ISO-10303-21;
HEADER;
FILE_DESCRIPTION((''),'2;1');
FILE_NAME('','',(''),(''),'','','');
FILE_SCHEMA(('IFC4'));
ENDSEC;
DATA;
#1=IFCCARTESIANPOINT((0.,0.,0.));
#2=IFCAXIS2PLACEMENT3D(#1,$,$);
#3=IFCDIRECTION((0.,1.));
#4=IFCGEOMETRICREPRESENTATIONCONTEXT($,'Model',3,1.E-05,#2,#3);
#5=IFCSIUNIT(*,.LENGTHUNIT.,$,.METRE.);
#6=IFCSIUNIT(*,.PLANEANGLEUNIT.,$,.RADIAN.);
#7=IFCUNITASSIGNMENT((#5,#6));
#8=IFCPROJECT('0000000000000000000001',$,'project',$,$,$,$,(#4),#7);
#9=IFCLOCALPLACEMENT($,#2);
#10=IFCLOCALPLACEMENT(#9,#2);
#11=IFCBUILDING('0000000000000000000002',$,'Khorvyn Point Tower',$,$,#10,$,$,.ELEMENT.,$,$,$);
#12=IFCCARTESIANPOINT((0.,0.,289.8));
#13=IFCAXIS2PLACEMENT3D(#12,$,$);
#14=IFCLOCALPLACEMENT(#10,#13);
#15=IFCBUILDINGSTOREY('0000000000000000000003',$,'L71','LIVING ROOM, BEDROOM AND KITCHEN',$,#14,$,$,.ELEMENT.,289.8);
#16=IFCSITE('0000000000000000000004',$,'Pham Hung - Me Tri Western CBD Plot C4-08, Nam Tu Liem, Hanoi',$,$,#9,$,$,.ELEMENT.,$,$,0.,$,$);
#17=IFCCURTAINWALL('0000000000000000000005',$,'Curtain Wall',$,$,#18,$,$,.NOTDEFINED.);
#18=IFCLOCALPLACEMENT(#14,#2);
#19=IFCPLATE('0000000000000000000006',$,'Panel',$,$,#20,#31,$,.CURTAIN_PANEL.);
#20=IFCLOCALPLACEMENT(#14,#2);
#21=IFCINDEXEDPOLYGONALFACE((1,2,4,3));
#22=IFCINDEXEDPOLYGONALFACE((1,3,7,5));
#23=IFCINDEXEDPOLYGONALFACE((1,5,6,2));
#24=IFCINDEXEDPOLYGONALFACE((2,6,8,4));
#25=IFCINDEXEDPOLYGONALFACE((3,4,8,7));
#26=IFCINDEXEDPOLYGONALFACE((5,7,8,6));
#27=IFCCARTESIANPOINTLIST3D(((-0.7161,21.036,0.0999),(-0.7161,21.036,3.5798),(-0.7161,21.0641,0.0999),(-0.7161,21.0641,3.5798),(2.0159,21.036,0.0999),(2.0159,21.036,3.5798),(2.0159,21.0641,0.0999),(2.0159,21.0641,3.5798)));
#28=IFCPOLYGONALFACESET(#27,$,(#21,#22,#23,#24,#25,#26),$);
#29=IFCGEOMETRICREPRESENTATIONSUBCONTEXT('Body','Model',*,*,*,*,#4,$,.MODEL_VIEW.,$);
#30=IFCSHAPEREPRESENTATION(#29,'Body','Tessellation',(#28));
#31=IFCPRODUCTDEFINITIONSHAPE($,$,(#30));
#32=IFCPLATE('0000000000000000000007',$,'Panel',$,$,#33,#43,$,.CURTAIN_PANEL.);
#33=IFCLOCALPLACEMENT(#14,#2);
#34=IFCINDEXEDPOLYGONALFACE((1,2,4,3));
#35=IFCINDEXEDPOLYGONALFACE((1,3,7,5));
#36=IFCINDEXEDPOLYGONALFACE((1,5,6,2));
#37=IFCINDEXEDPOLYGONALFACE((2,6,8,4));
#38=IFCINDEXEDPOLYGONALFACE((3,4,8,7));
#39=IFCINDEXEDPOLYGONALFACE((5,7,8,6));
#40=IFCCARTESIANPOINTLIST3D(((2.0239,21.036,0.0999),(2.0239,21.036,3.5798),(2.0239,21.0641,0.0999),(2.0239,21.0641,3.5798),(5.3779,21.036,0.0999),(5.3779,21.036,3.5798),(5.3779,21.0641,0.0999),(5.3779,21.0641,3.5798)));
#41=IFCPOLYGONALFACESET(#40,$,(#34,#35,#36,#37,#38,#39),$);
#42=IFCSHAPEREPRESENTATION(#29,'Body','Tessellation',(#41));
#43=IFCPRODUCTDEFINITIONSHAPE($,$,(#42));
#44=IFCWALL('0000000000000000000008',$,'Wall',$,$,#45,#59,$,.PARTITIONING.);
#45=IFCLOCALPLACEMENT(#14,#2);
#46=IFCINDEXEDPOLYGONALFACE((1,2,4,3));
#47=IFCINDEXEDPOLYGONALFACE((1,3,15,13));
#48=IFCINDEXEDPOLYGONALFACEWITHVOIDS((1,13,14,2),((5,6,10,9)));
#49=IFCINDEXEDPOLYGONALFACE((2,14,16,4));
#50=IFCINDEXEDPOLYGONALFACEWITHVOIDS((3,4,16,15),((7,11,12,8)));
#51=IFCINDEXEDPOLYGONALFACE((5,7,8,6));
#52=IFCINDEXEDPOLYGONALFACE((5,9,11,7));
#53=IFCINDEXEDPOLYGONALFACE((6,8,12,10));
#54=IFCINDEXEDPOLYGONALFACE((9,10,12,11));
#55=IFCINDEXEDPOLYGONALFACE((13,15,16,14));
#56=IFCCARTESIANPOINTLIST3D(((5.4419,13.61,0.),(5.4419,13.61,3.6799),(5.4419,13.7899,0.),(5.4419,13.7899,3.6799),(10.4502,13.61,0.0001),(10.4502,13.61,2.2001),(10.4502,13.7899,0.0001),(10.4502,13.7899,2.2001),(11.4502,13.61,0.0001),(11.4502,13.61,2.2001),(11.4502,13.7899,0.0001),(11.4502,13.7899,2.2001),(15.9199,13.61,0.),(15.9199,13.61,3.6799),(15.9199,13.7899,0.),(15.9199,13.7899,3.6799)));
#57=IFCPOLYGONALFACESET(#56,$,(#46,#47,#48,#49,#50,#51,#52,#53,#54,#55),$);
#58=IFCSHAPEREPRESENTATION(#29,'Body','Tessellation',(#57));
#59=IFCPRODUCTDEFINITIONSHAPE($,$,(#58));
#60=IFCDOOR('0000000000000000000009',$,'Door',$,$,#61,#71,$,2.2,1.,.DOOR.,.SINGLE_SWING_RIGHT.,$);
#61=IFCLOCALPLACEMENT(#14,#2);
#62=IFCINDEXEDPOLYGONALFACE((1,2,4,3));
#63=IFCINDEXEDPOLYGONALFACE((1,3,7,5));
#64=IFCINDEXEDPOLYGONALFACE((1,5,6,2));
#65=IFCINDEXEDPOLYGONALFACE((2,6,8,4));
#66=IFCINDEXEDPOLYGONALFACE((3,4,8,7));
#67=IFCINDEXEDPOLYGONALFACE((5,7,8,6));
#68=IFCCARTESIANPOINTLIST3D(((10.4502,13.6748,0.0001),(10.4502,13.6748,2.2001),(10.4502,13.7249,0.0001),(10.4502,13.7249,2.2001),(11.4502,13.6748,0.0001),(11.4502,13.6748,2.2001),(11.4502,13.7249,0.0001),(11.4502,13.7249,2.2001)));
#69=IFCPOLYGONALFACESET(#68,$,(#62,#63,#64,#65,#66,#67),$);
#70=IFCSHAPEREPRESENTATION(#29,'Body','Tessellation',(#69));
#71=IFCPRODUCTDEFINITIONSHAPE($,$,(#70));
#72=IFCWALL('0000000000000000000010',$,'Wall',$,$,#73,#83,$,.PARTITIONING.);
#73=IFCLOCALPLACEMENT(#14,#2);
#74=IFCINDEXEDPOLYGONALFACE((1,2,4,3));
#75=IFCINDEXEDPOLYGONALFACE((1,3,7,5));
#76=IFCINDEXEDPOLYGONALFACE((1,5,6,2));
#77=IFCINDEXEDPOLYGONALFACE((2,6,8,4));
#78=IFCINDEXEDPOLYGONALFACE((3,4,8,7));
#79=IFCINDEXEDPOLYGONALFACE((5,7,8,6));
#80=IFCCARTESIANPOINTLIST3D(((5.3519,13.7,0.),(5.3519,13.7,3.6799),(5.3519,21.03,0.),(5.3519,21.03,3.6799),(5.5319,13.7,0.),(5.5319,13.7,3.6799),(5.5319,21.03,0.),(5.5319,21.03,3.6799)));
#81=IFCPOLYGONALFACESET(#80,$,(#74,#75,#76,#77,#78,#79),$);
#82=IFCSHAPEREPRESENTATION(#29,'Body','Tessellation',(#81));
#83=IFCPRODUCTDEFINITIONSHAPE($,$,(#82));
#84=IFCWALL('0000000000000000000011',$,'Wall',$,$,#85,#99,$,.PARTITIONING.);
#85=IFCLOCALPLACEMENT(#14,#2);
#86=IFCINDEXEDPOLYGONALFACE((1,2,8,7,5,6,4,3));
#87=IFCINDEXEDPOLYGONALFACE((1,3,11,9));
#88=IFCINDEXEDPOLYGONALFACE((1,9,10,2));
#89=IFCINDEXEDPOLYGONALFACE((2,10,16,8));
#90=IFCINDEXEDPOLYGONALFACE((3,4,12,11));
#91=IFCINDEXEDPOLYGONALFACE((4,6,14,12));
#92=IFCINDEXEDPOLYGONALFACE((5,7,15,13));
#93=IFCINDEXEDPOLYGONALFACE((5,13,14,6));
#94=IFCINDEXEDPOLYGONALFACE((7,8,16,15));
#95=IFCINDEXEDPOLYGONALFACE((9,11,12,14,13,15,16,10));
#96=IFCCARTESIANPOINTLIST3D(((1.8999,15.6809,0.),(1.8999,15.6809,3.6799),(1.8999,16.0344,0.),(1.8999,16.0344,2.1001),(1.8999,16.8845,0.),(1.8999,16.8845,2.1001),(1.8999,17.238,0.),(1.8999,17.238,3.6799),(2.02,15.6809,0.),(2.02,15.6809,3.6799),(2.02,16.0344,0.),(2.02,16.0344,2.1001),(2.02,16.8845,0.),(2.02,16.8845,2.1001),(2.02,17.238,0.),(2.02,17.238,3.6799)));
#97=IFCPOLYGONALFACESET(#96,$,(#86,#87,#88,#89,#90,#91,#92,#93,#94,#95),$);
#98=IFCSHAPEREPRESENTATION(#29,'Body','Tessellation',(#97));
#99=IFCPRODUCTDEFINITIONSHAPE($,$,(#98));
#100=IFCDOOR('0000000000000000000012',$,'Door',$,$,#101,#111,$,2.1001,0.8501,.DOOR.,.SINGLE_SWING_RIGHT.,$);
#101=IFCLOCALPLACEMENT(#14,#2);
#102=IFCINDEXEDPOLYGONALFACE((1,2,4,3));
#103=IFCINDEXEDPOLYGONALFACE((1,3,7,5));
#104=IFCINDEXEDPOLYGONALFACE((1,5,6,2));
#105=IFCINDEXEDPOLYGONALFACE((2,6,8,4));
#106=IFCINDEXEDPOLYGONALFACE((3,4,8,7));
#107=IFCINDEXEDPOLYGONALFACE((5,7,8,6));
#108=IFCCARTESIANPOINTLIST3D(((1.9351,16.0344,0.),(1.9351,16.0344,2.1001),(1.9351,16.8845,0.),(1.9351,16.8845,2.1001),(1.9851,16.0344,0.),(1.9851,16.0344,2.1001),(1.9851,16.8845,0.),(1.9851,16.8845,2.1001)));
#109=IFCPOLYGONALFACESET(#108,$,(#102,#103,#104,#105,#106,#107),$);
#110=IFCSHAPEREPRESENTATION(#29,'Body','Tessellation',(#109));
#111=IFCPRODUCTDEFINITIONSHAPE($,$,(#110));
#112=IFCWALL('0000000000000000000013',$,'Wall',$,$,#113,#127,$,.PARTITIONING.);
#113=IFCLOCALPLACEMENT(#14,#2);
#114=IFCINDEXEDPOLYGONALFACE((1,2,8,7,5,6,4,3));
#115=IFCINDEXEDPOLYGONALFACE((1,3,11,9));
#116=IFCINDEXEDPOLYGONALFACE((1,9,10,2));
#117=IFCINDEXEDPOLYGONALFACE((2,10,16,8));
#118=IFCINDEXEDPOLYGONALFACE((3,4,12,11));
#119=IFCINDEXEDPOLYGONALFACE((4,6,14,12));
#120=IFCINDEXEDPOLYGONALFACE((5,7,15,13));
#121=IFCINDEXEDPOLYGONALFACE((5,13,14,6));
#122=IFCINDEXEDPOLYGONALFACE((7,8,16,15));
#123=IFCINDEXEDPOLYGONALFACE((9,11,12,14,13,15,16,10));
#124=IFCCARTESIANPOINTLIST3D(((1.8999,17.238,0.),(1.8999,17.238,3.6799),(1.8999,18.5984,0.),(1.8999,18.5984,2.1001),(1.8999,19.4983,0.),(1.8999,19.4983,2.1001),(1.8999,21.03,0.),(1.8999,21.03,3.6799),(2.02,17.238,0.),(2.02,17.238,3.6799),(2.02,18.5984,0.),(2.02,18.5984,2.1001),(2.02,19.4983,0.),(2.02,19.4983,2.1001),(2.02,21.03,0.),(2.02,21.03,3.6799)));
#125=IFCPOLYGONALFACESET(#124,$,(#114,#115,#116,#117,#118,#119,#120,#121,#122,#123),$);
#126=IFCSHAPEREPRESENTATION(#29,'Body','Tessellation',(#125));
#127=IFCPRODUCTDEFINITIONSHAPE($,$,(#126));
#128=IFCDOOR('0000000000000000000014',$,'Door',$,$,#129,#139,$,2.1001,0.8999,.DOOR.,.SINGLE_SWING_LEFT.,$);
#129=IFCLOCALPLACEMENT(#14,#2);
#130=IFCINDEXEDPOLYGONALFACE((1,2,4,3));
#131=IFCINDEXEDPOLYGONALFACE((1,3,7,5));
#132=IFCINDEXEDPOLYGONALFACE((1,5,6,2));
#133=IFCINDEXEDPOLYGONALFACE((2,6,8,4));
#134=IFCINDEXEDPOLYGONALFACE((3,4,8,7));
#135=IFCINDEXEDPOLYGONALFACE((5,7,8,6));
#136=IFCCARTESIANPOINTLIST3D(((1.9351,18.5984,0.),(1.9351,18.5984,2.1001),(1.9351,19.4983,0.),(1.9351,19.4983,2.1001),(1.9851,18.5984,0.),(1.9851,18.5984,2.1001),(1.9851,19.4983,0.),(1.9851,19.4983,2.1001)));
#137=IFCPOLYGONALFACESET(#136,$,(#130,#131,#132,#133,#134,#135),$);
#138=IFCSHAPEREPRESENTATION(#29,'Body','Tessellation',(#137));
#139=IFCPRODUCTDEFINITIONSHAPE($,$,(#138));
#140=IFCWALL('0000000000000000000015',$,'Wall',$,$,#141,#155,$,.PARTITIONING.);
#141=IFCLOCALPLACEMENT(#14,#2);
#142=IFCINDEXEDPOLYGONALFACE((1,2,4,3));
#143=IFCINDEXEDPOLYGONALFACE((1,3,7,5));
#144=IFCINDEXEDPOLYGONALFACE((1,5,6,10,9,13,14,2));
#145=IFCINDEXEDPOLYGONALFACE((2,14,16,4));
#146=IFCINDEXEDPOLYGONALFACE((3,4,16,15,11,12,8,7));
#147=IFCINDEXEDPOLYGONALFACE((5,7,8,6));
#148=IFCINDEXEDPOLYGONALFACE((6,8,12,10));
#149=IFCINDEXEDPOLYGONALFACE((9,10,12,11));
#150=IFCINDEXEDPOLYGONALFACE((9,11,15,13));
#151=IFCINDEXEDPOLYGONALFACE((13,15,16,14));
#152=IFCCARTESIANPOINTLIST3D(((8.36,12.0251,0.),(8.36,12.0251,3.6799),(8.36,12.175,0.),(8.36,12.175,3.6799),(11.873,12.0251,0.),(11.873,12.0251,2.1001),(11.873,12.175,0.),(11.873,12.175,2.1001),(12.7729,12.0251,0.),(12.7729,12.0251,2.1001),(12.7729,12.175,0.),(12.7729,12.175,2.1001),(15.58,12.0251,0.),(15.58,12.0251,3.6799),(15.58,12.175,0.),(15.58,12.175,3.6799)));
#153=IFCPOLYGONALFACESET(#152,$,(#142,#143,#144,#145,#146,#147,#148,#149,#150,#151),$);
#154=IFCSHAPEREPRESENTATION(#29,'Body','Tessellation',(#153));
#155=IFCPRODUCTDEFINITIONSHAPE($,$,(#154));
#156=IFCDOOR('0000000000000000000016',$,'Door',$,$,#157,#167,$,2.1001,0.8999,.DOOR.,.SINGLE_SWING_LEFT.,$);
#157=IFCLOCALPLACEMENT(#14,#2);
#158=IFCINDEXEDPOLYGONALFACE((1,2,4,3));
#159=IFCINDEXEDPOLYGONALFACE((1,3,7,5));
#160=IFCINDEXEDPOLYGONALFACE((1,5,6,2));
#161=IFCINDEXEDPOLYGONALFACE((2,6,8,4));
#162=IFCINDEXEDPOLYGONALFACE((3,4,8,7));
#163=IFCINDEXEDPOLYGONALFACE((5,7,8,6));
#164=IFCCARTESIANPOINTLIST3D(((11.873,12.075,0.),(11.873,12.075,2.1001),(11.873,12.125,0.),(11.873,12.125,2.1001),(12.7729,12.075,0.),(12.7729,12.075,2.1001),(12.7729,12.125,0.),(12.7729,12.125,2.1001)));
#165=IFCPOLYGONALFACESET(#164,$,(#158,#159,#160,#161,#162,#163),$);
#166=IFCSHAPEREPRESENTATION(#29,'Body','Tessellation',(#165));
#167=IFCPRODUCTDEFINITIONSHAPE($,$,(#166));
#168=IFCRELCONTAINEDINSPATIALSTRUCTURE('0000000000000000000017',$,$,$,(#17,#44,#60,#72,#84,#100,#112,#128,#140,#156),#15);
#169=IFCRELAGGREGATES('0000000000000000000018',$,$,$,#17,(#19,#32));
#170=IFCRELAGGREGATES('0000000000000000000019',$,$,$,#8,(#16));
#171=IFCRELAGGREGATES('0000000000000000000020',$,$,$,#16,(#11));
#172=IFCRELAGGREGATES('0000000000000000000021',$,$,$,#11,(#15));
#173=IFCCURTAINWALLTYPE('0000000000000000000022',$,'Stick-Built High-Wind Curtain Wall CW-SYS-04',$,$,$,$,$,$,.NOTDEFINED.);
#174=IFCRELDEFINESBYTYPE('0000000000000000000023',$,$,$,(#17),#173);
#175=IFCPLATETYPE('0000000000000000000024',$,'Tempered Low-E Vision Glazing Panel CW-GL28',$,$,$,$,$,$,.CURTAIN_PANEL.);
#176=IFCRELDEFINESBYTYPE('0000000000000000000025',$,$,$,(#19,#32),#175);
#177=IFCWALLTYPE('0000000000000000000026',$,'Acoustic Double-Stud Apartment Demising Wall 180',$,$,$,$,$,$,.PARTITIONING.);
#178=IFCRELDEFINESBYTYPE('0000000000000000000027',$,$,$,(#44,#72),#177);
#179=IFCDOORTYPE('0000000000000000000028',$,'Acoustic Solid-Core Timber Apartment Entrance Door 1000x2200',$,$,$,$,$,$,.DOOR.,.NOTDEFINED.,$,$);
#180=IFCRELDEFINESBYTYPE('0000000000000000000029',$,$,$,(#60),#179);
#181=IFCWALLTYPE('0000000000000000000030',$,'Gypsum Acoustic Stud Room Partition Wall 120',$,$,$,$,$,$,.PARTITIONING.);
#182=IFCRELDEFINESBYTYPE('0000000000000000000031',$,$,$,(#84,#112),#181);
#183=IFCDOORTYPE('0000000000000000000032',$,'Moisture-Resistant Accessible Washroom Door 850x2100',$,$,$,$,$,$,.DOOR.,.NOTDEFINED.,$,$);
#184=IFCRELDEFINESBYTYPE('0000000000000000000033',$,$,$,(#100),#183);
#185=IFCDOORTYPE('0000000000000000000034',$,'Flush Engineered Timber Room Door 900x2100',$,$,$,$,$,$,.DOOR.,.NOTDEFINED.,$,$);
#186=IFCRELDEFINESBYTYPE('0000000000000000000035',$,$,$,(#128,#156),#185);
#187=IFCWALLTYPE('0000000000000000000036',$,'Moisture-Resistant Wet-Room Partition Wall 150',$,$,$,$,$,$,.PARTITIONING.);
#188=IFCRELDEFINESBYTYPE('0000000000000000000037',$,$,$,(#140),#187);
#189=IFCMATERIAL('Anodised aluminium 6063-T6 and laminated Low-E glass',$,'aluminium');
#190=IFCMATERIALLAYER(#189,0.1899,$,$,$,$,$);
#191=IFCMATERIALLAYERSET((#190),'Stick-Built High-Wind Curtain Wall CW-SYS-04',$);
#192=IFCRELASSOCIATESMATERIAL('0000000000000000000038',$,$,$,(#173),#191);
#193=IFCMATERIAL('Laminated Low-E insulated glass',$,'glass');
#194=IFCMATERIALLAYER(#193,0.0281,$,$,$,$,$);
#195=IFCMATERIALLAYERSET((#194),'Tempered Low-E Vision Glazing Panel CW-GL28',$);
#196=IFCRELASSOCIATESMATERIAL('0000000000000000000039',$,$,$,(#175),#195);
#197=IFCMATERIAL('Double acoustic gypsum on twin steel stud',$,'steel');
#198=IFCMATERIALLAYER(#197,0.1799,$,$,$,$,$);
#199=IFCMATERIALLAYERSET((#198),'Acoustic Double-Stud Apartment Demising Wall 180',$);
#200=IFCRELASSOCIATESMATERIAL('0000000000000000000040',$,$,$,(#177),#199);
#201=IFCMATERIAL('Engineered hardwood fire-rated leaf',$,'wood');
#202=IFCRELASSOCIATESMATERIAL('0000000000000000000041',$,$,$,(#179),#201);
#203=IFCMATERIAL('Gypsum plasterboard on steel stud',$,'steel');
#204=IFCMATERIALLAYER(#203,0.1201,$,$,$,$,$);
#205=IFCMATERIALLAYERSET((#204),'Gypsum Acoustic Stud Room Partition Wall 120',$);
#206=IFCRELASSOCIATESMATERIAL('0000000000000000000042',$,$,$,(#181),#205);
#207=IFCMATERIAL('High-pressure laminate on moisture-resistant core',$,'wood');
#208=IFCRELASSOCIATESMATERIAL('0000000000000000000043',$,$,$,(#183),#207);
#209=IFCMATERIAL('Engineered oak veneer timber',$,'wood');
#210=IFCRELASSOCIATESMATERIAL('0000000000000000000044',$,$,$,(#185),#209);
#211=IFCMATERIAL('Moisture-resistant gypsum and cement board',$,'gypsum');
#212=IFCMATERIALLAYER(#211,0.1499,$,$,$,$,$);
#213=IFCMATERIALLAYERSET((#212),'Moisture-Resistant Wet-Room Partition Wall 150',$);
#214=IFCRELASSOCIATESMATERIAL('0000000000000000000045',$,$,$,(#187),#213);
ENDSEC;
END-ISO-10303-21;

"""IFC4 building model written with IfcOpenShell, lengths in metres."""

from ifc_helpers import new_model, si_unit, direction, frame, frame_2d, origin, origin_2d, place, context, subcontext, project, spatial, rectangle, extrude, material, layer, layer_set, type_object, element, fill, aggregate, save


model = new_model("IFC4")

# Units and contexts
model_context = context("Model", 3, precision=1e-05, world=origin(), true_north=direction((0.0, 1.0)))
body_context = subcontext(model_context, "Body", "Model", "MODEL_VIEW")
ifc_project = project(units=[si_unit("LENGTHUNIT", "METRE"), si_unit("PLANEANGLEUNIT", "RADIAN")], contexts=[model_context])

# Site, building, storey
site_placement = place(None, origin())
site = spatial("IfcSite", under=ifc_project, at=site_placement, Name="Pham Hung - Me Tri Western CBD Plot C4-08, Nam Tu Liem, Hanoi", CompositionType="ELEMENT", RefElevation=0.0)
building_placement = place(site_placement, origin())
building = spatial("IfcBuilding", under=site, at=building_placement, Name="Khorvyn Point Tower", CompositionType="ELEMENT")
storey_placement = place(building_placement, frame((0.0, 0.0, 289.8)))
storey = spatial("IfcBuildingStorey", under=building, at=storey_placement, Name="L71", Description="LIVING ROOM, BEDROOM AND KITCHEN", CompositionType="ELEMENT", Elevation=289.8)

# Curtain wall
ifc_material_1 = material(Name="Anodised aluminium 6063-T6 and laminated Low-E glass", Category="aluminium")
ifc_layer_1 = layer(ifc_material_1, 0.1899)
ifc_layer_set_1 = layer_set([ifc_layer_1], Name="Stick-Built High-Wind Curtain Wall CW-SYS-04")
curtain_wall_type = type_object("IfcCurtainWallType", Name="Stick-Built High-Wind Curtain Wall CW-SYS-04", PredefinedType="NOTDEFINED", material=ifc_layer_set_1)
curtain_wall_placement = place(storey_placement, origin())
curtain_wall = element("IfcCurtainWall", 1, at=curtain_wall_placement, inside=storey, type_object=curtain_wall_type, Name="Curtain Wall", PredefinedType="NOTDEFINED")

# Plates
ifc_material_2 = material(Name="Laminated Low-E insulated glass", Category="glass")
ifc_layer_2 = layer(ifc_material_2, 0.0281)
ifc_layer_set_2 = layer_set([ifc_layer_2], Name="Tempered Low-E Vision Glazing Panel CW-GL28")
plate_type = type_object("IfcPlateType", Name="Tempered Low-E Vision Glazing Panel CW-GL28", PredefinedType="CURTAIN_PANEL", material=ifc_layer_set_2)
plate_1_placement = place(storey_placement, frame((0.6499, 21.05, 0.0999), z_axis=(0.0, 0.0, 1.0), x_axis=(1.0, 0.0, 0.0)))
plate_1 = element("IfcPlate", 2, at=plate_1_placement, type_object=plate_type, Name="Panel", PredefinedType="CURTAIN_PANEL", context=body_context, shape_type="SweptSolid", body=[
    extrude(rectangle(XDim=2.7319, YDim=0.0281, at=origin_2d()), origin(), (0.0, 0.0, 1.0), 3.48),
])
plate_2_placement = place(storey_placement, frame((3.7009, 21.05, 0.0999), z_axis=(0.0, 0.0, 1.0), x_axis=(1.0, 0.0, 0.0)))
plate_2 = element("IfcPlate", 3, at=plate_2_placement, type_object=plate_type, Name="Panel", PredefinedType="CURTAIN_PANEL", context=body_context, shape_type="SweptSolid", body=[
    extrude(rectangle(XDim=3.354, YDim=0.0281, at=origin_2d()), origin(), (0.0, 0.0, 1.0), 3.48),
])
aggregate(curtain_wall, [plate_1, plate_2])

# Wall, opening, door
ifc_material_3 = material(Name="Double acoustic gypsum on twin steel stud", Category="steel")
ifc_layer_3 = layer(ifc_material_3, 0.1799)
ifc_layer_set_3 = layer_set([ifc_layer_3], Name="Acoustic Double-Stud Apartment Demising Wall 180")
wall_type_1 = type_object("IfcWallType", Name="Acoustic Double-Stud Apartment Demising Wall 180", PredefinedType="PARTITIONING", material=ifc_layer_set_3)
wall_1_placement = place(storey_placement, frame((5.4419, 13.7, 0.0), z_axis=(0.0, 0.0, 1.0), x_axis=(1.0, 0.0, 0.0)))
wall_1 = element("IfcWall", 4, at=wall_1_placement, inside=storey, type_object=wall_type_1, Name="Wall", PredefinedType="PARTITIONING", context=body_context, shape_type="SweptSolid", body=[
    extrude(rectangle(XDim=10.478, YDim=0.1799, at=frame_2d((5.239, 0.0))), origin(), (0.0, 0.0, 1.0), 3.6799),
])
opening_1_placement = place(wall_1_placement, frame((5.0083, 0.0, 0.0)))
opening_1 = element("IfcOpeningElement", 5, at=opening_1_placement, cuts=wall_1, PredefinedType="OPENING", context=body_context, shape_type="SweptSolid", body=[
    extrude(rectangle(XDim=1.0, YDim=2.2, at=frame_2d((0.5, 1.1001))), frame((0.0, 0.0999, 0.0), z_axis=(0.0, -1.0, 0.0), x_axis=(1.0, 0.0, 0.0)), (0.0, 0.0, 1.0), 0.2),
])
ifc_material_4 = material(Name="Engineered hardwood fire-rated leaf", Category="wood")
door_type_1 = type_object("IfcDoorType", Name="Acoustic Solid-Core Timber Apartment Entrance Door 1000x2200", OperationType="NOTDEFINED", PredefinedType="DOOR", material=ifc_material_4)
door_1_placement = place(opening_1_placement, origin())
door_1 = element("IfcDoor", 6, at=door_1_placement, inside=storey, type_object=door_type_1, Name="Door", OperationType="SINGLE_SWING_RIGHT", OverallHeight=2.2, OverallWidth=1.0, PredefinedType="DOOR", context=body_context, shape_type="SweptSolid", body=[
    extrude(rectangle(XDim=1.0, YDim=2.2, at=frame_2d((0.5, 1.1001))), frame((0.0, 0.0249, 0.0), z_axis=(0.0, -1.0, 0.0), x_axis=(1.0, 0.0, 0.0)), (0.0, 0.0, 1.0), 0.05),
])
fill(opening_1, door_1)

# Wall
wall_2_placement = place(storey_placement, frame((5.4419, 13.7, 0.0), z_axis=(0.0, 0.0, 1.0), x_axis=(0.0, 1.0, 0.0)))
element("IfcWall", 7, at=wall_2_placement, inside=storey, type_object=wall_type_1, Name="Wall", PredefinedType="PARTITIONING", context=body_context, shape_type="SweptSolid", body=[
    extrude(rectangle(XDim=7.3301, YDim=0.1799, at=frame_2d((3.665, 0.0))), origin(), (0.0, 0.0, 1.0), 3.6799),
])

# Walls, openings, doors
ifc_material_5 = material(Name="Gypsum plasterboard on steel stud", Category="steel")
ifc_layer_4 = layer(ifc_material_5, 0.1201)
ifc_layer_set_4 = layer_set([ifc_layer_4], Name="Gypsum Acoustic Stud Room Partition Wall 120")
wall_type_2 = type_object("IfcWallType", Name="Gypsum Acoustic Stud Room Partition Wall 120", PredefinedType="PARTITIONING", material=ifc_layer_set_4)
wall_3_placement = place(storey_placement, frame((1.96, 15.6809, 0.0), z_axis=(0.0, 0.0, 1.0), x_axis=(0.0, 1.0, 0.0)))
wall_3 = element("IfcWall", 8, at=wall_3_placement, inside=storey, type_object=wall_type_2, Name="Wall", PredefinedType="PARTITIONING", context=body_context, shape_type="SweptSolid", body=[
    extrude(rectangle(XDim=1.5571, YDim=0.1201, at=frame_2d((0.7786, 0.0))), origin(), (0.0, 0.0, 1.0), 3.6799),
])
opening_2_placement = place(wall_3_placement, frame((0.3535, 0.0, 0.0)))
opening_2 = element("IfcOpeningElement", 9, at=opening_2_placement, cuts=wall_3, PredefinedType="OPENING", context=body_context, shape_type="SweptSolid", body=[
    extrude(rectangle(XDim=0.8501, YDim=2.1001, at=frame_2d((0.425, 1.05))), frame((0.0, 0.0701, 0.0), z_axis=(0.0, -1.0, 0.0), x_axis=(1.0, 0.0, 0.0)), (0.0, 0.0, 1.0), 0.1401),
])
ifc_material_6 = material(Name="High-pressure laminate on moisture-resistant core", Category="wood")
door_type_2 = type_object("IfcDoorType", Name="Moisture-Resistant Accessible Washroom Door 850x2100", OperationType="NOTDEFINED", PredefinedType="DOOR", material=ifc_material_6)
door_2_placement = place(opening_2_placement, origin())
door_2 = element("IfcDoor", 10, at=door_2_placement, inside=storey, type_object=door_type_2, Name="Door", OperationType="SINGLE_SWING_RIGHT", OverallHeight=2.1001, OverallWidth=0.8501, PredefinedType="DOOR", context=body_context, shape_type="SweptSolid", body=[
    extrude(rectangle(XDim=0.8501, YDim=2.1001, at=frame_2d((0.425, 1.05))), frame((0.0, 0.0249, 0.0), z_axis=(0.0, -1.0, 0.0), x_axis=(1.0, 0.0, 0.0)), (0.0, 0.0, 1.0), 0.05),
])
fill(opening_2, door_2)
wall_4_placement = place(storey_placement, frame((1.96, 17.238, 0.0), z_axis=(0.0, 0.0, 1.0), x_axis=(0.0, 1.0, 0.0)))
wall_4 = element("IfcWall", 11, at=wall_4_placement, inside=storey, type_object=wall_type_2, Name="Wall", PredefinedType="PARTITIONING", context=body_context, shape_type="SweptSolid", body=[
    extrude(rectangle(XDim=3.792, YDim=0.1201, at=frame_2d((1.896, 0.0))), origin(), (0.0, 0.0, 1.0), 3.6799),
])
opening_3_placement = place(wall_4_placement, frame((1.3604, 0.0, 0.0)))
opening_3 = element("IfcOpeningElement", 12, at=opening_3_placement, cuts=wall_4, PredefinedType="OPENING", context=body_context, shape_type="SweptSolid", body=[
    extrude(rectangle(XDim=0.8999, YDim=2.1001, at=frame_2d((0.45, 1.05))), frame((0.0, 0.0701, 0.0), z_axis=(0.0, -1.0, 0.0), x_axis=(1.0, 0.0, 0.0)), (0.0, 0.0, 1.0), 0.1401),
])
ifc_material_7 = material(Name="Engineered oak veneer timber", Category="wood")
door_type_3 = type_object("IfcDoorType", Name="Flush Engineered Timber Room Door 900x2100", OperationType="NOTDEFINED", PredefinedType="DOOR", material=ifc_material_7)
door_3_placement = place(opening_3_placement, origin())
door_3 = element("IfcDoor", 13, at=door_3_placement, inside=storey, type_object=door_type_3, Name="Door", OperationType="SINGLE_SWING_LEFT", OverallHeight=2.1001, OverallWidth=0.8999, PredefinedType="DOOR", context=body_context, shape_type="SweptSolid", body=[
    extrude(rectangle(XDim=0.8999, YDim=2.1001, at=frame_2d((0.45, 1.05))), frame((0.0, 0.0249, 0.0), z_axis=(0.0, -1.0, 0.0), x_axis=(1.0, 0.0, 0.0)), (0.0, 0.0, 1.0), 0.05),
])
fill(opening_3, door_3)
ifc_material_8 = material(Name="Moisture-resistant gypsum and cement board", Category="gypsum")
ifc_layer_5 = layer(ifc_material_8, 0.1499)
ifc_layer_set_5 = layer_set([ifc_layer_5], Name="Moisture-Resistant Wet-Room Partition Wall 150")
wall_type_3 = type_object("IfcWallType", Name="Moisture-Resistant Wet-Room Partition Wall 150", PredefinedType="PARTITIONING", material=ifc_layer_set_5)
wall_5_placement = place(storey_placement, frame((8.3601, 12.1001, 0.0), z_axis=(0.0, 0.0, 1.0), x_axis=(1.0, 0.0, 0.0)))
wall_5 = element("IfcWall", 14, at=wall_5_placement, inside=storey, type_object=wall_type_3, Name="Wall", PredefinedType="PARTITIONING", context=body_context, shape_type="SweptSolid", body=[
    extrude(rectangle(XDim=7.22, YDim=0.1499, at=frame_2d((3.6099, 0.0))), origin(), (0.0, 0.0, 1.0), 3.6799),
])
opening_4_placement = place(wall_5_placement, frame((3.5129, 0.0, 0.0)))
opening_4 = element("IfcOpeningElement", 15, at=opening_4_placement, cuts=wall_5, PredefinedType="OPENING", context=body_context, shape_type="SweptSolid", body=[
    extrude(rectangle(XDim=0.8999, YDim=2.1001, at=frame_2d((0.45, 1.05))), frame((0.0, 0.085, 0.0), z_axis=(0.0, -1.0, 0.0), x_axis=(1.0, 0.0, 0.0)), (0.0, 0.0, 1.0), 0.1699),
])
door_4_placement = place(opening_4_placement, origin())
door_4 = element("IfcDoor", 16, at=door_4_placement, inside=storey, type_object=door_type_3, Name="Door", OperationType="SINGLE_SWING_LEFT", OverallHeight=2.1001, OverallWidth=0.8999, PredefinedType="DOOR", context=body_context, shape_type="SweptSolid", body=[
    extrude(rectangle(XDim=0.8999, YDim=2.1001, at=frame_2d((0.45, 1.05))), frame((0.0, 0.0249, 0.0), z_axis=(0.0, -1.0, 0.0), x_axis=(1.0, 0.0, 0.0)), (0.0, 0.0, 1.0), 0.05),
])
fill(opening_4, door_4)

save(model, "model.ifc")
